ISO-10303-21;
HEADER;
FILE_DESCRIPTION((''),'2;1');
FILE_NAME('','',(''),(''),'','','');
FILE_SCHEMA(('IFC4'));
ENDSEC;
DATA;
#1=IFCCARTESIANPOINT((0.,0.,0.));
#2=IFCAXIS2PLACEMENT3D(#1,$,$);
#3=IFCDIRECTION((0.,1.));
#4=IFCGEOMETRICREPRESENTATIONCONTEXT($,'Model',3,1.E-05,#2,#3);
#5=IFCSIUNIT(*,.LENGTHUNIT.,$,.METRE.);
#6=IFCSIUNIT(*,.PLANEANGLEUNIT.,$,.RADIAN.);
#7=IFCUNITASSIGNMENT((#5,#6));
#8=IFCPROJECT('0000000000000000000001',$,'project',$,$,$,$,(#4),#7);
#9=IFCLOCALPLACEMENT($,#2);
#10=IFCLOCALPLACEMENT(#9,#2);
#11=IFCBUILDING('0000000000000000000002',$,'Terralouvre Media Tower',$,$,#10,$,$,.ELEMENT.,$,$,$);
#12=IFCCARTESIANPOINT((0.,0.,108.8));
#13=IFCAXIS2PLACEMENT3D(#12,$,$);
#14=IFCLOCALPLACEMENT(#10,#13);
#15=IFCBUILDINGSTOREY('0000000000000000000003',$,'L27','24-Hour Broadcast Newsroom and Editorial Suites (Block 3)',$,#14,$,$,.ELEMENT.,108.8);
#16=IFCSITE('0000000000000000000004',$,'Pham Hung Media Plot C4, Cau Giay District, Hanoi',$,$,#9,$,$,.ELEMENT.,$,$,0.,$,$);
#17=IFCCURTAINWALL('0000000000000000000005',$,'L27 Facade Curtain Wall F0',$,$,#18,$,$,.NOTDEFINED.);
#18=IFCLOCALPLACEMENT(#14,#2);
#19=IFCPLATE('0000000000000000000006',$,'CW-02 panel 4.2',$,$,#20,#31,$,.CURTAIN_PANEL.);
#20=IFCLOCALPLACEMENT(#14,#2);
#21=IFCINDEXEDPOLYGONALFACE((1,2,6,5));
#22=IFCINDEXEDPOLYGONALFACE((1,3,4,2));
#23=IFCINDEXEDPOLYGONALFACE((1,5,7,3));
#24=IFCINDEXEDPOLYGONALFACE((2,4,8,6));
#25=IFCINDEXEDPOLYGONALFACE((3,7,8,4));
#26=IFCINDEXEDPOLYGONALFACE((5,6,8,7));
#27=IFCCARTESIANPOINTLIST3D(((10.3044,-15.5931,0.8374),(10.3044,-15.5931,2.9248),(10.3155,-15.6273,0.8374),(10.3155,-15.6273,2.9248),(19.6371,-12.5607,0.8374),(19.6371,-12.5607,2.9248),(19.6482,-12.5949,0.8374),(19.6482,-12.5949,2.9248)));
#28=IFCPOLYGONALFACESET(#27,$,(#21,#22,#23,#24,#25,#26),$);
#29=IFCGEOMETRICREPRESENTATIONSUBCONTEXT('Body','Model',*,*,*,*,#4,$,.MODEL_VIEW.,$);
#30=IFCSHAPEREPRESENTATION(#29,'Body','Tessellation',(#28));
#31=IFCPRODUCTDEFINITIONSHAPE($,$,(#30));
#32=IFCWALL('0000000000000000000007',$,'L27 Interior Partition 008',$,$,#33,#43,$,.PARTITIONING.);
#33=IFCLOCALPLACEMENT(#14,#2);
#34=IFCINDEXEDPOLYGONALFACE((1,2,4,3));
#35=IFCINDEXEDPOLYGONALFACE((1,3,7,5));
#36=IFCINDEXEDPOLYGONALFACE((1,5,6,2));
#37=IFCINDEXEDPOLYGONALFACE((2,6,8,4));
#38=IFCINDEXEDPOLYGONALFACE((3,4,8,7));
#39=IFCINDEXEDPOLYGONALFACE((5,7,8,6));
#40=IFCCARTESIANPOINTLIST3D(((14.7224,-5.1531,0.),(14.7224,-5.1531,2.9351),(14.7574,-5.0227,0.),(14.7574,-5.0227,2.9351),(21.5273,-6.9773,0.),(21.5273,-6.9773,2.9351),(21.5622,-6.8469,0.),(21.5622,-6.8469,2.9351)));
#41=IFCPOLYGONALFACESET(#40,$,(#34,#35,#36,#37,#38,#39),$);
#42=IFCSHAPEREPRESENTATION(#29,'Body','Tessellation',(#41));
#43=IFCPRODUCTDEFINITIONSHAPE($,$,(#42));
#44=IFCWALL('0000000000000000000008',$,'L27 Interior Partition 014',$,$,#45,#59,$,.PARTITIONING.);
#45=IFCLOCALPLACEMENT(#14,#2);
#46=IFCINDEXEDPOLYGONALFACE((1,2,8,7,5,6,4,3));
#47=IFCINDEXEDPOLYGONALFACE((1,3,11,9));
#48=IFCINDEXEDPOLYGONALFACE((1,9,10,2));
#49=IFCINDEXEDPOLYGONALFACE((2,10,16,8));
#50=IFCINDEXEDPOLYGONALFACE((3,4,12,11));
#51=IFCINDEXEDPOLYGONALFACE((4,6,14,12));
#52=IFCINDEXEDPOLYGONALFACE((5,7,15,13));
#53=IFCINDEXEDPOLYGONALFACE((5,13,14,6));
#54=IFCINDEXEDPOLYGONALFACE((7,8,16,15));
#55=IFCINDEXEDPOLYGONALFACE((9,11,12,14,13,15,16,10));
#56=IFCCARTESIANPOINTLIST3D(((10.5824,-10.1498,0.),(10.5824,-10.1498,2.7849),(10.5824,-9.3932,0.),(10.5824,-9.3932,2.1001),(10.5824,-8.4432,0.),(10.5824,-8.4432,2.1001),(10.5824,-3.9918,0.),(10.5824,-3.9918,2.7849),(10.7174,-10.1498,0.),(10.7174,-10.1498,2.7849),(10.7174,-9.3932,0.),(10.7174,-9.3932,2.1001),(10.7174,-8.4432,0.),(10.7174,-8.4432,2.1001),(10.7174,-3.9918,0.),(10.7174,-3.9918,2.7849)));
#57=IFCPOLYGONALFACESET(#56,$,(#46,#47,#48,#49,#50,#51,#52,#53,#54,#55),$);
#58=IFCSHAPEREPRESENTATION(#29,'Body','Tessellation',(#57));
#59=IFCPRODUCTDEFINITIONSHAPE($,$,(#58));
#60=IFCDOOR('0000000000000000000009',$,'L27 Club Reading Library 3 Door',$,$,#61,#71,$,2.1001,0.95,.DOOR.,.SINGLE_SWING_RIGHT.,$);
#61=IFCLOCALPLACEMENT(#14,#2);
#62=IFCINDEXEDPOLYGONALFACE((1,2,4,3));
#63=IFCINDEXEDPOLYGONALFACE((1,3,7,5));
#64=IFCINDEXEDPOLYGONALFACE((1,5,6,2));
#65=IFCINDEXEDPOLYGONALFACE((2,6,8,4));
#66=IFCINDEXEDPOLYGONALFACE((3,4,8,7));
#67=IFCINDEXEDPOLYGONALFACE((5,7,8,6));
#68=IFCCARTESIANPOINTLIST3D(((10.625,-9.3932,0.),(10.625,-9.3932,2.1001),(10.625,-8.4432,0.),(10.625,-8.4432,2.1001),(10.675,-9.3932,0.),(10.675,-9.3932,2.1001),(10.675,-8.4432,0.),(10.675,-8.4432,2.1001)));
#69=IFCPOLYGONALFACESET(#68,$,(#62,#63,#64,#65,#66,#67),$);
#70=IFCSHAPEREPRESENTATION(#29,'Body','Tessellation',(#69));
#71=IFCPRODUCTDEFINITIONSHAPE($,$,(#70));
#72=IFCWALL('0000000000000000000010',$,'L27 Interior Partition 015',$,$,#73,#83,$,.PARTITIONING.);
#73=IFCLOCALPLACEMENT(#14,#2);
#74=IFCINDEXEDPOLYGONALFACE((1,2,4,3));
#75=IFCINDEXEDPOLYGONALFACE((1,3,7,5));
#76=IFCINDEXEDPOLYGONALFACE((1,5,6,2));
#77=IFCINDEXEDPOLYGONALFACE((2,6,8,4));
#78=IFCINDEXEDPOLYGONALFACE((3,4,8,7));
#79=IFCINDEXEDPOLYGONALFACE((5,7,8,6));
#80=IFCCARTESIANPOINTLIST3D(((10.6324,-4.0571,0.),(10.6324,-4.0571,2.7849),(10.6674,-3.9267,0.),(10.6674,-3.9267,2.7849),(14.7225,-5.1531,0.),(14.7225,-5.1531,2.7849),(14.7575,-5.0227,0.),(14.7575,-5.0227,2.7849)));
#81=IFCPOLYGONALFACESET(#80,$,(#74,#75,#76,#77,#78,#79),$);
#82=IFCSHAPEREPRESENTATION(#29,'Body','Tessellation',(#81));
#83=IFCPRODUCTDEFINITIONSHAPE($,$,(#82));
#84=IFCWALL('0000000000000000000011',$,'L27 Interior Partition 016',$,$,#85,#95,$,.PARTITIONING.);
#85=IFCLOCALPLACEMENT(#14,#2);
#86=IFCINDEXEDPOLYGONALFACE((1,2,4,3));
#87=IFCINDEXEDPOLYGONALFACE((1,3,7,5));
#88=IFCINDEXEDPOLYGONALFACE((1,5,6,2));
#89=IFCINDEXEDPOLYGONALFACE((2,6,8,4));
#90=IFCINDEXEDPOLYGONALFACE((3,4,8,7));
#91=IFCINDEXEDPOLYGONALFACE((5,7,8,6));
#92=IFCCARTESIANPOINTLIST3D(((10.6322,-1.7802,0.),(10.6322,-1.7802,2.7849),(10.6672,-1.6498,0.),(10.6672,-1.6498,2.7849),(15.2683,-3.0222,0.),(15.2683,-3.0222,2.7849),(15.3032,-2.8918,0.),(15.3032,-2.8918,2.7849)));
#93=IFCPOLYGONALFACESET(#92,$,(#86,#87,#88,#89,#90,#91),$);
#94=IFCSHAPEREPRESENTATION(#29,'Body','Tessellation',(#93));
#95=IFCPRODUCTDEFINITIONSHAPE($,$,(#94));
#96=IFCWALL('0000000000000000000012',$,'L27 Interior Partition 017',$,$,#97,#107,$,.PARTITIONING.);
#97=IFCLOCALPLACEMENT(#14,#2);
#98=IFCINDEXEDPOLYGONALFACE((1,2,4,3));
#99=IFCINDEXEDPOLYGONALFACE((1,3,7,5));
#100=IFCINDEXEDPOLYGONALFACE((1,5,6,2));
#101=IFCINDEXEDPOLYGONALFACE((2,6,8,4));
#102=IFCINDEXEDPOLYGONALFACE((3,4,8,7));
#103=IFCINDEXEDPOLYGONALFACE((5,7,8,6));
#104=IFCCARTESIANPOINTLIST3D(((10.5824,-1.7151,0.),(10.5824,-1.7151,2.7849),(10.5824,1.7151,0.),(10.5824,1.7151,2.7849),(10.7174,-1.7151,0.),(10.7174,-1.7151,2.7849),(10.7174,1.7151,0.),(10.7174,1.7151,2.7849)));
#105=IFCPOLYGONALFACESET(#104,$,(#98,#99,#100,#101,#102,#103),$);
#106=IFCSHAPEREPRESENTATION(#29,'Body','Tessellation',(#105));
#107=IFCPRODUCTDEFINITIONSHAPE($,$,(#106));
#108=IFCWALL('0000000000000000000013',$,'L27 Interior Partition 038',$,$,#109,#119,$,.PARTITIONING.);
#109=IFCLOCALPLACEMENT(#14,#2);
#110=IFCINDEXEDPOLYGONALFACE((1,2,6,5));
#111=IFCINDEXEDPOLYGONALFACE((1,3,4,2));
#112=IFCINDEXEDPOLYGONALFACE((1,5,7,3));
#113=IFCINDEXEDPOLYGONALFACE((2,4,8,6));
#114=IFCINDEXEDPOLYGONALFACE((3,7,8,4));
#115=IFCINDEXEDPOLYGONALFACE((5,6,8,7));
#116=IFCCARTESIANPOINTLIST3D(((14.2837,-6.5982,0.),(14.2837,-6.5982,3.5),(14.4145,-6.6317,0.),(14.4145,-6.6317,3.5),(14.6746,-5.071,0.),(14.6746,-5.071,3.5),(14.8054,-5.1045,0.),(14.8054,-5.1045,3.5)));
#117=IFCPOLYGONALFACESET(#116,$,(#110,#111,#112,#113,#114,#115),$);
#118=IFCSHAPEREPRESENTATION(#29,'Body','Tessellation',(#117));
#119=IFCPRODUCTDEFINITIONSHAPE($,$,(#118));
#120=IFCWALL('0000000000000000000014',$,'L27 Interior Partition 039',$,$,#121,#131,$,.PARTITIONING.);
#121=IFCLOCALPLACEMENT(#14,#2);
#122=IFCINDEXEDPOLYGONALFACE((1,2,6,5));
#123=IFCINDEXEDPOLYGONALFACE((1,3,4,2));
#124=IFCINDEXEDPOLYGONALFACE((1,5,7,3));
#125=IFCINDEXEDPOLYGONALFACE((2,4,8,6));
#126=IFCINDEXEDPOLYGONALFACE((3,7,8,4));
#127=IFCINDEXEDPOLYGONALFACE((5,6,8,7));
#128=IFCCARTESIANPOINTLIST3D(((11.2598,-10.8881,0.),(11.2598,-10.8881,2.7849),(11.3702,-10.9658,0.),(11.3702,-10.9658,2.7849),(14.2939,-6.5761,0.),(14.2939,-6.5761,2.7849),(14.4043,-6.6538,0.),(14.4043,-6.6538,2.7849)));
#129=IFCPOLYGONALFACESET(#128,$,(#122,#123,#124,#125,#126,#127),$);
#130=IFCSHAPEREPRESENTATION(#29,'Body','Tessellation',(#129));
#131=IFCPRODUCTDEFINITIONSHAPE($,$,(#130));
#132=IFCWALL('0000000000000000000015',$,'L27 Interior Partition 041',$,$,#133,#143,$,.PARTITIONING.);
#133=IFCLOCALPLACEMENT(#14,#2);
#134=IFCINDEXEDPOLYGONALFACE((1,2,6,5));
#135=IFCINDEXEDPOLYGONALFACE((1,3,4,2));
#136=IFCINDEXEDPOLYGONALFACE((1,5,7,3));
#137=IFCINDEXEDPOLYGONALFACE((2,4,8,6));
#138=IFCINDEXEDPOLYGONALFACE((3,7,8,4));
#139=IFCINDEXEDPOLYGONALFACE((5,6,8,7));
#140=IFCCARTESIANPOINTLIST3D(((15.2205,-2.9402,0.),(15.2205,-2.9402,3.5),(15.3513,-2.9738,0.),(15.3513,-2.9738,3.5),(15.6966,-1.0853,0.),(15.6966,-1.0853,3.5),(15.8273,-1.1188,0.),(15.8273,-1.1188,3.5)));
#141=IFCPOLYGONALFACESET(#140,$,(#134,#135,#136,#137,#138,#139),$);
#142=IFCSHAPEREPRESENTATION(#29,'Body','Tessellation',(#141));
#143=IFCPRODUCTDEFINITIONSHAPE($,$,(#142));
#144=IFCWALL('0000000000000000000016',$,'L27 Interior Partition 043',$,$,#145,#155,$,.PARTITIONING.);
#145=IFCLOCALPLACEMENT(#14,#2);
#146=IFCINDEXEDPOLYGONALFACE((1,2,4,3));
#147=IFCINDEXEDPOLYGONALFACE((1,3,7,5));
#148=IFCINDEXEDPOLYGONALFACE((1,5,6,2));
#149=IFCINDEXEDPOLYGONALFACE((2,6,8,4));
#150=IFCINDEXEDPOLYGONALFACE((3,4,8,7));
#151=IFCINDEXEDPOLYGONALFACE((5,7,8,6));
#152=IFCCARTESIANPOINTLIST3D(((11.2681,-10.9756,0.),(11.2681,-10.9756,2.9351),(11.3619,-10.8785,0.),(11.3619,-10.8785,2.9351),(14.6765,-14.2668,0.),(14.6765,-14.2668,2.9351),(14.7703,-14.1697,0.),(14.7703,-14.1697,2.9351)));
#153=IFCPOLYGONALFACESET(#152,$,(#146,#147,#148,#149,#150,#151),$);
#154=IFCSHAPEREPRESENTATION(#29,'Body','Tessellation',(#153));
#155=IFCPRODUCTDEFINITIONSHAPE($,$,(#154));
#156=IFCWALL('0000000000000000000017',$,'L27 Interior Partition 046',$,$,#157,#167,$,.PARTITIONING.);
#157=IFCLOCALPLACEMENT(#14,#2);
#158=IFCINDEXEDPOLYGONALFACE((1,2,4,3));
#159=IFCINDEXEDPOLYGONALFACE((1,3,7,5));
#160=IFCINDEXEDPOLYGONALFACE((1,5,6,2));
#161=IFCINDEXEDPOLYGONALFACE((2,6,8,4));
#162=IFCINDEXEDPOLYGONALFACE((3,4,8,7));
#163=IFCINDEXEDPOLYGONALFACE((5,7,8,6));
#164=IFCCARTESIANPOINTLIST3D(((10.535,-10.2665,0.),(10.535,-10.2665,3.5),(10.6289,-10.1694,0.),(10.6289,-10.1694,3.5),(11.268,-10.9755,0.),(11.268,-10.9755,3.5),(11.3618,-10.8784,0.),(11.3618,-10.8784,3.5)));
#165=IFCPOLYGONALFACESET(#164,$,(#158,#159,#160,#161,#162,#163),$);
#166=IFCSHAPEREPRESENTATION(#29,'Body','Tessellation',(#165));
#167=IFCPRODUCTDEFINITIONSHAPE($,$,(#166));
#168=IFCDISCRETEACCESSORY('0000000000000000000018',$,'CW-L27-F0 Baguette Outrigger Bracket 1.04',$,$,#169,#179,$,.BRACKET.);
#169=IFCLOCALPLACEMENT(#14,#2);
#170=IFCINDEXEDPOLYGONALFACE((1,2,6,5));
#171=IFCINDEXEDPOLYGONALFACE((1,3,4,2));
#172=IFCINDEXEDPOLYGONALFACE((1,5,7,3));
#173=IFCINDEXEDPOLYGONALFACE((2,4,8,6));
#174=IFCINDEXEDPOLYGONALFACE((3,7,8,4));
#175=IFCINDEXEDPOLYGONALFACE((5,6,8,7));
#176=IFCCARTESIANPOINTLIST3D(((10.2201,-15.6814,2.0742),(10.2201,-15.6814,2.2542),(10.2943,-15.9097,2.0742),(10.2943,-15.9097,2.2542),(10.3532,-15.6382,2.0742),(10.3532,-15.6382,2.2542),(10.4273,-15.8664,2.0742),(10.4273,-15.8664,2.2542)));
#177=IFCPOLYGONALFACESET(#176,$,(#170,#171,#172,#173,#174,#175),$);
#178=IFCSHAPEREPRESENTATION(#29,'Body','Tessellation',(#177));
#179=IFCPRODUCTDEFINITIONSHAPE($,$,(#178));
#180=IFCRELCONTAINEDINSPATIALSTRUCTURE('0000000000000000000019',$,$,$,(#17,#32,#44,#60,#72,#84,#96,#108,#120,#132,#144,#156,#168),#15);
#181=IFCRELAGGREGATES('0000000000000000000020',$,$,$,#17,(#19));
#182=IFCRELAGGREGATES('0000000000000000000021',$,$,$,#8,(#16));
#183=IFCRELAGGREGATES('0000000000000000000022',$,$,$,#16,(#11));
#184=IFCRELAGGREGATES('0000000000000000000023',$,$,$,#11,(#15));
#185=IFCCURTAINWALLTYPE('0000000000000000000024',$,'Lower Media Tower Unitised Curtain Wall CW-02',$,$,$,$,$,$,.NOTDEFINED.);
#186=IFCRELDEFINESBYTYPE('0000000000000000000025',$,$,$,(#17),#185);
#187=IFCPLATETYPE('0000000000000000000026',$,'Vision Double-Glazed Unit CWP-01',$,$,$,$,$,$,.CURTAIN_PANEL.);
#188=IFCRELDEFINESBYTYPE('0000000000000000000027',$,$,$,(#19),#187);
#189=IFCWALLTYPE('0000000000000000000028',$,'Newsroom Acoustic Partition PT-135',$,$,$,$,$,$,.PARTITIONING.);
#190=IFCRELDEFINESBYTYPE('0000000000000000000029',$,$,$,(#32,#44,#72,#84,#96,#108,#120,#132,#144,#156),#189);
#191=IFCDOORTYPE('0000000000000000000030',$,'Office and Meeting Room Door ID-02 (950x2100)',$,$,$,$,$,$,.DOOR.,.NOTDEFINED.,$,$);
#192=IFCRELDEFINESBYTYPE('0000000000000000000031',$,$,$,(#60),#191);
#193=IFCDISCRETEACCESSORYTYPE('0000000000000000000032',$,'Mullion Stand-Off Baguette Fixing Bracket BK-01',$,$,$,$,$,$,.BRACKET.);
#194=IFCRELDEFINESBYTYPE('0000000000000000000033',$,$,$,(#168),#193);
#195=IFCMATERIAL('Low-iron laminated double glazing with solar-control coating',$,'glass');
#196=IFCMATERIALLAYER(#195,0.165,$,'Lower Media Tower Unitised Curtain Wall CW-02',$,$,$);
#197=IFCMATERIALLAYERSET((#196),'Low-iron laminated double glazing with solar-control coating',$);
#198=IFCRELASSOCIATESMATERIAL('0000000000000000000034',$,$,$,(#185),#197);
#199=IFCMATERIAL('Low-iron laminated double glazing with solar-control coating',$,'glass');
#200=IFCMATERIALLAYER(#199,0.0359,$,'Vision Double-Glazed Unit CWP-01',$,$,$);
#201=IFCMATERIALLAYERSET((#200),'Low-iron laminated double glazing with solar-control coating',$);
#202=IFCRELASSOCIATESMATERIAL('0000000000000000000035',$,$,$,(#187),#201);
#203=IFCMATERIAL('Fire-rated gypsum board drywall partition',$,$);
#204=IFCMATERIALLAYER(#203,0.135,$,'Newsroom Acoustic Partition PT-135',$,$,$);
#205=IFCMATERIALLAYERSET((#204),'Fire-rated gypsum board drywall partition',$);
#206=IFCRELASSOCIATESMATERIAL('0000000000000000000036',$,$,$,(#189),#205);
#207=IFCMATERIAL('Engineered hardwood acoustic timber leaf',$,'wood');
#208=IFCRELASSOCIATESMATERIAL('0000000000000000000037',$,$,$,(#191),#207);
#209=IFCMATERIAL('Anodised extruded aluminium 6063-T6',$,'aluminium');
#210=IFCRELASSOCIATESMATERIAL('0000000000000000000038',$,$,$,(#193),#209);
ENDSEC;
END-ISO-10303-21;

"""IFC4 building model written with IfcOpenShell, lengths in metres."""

from ifc_helpers import new_model, si_unit, direction, frame, frame_2d, origin, origin_2d, place, context, subcontext, project, spatial, rectangle, extrude, material, layer, layer_set, type_object, element, fill, aggregate, save


model = new_model("IFC4")

# Units and contexts
model_context = context("Model", 3, precision=1e-05, world=origin(), true_north=direction((0.0, 1.0)))
body_context = subcontext(model_context, "Body", "Model", "MODEL_VIEW")
ifc_project = project(units=[si_unit("LENGTHUNIT", "METRE"), si_unit("PLANEANGLEUNIT", "RADIAN")], contexts=[model_context])

# Site, building, storey
site_placement = place(None, origin())
site = spatial("IfcSite", under=ifc_project, at=site_placement, Name="Pham Hung Media Plot C4, Cau Giay District, Hanoi", CompositionType="ELEMENT", RefElevation=0.0)
building_placement = place(site_placement, origin())
building = spatial("IfcBuilding", under=site, at=building_placement, Name="Terralouvre Media Tower", CompositionType="ELEMENT")
storey_placement = place(building_placement, frame((0.0, 0.0, 108.8)))
storey = spatial("IfcBuildingStorey", under=building, at=storey_placement, Name="L27", Description="24-Hour Broadcast Newsroom and Editorial Suites (Block 3)", CompositionType="ELEMENT", Elevation=108.8)

# Curtain wall
ifc_material_1 = material(Name="Low-iron laminated double glazing with solar-control coating", Category="glass")
ifc_layer_1 = layer(ifc_material_1, 0.165, Name="Lower Media Tower Unitised Curtain Wall CW-02")
ifc_layer_set_1 = layer_set([ifc_layer_1], Name="Low-iron laminated double glazing with solar-control coating")
curtain_wall_type = type_object("IfcCurtainWallType", Name="Lower Media Tower Unitised Curtain Wall CW-02", PredefinedType="NOTDEFINED", material=ifc_layer_set_1)
curtain_wall_placement = place(storey_placement, origin())
curtain_wall = element("IfcCurtainWall", 1, at=curtain_wall_placement, inside=storey, type_object=curtain_wall_type, Name="L27 Facade Curtain Wall F0", PredefinedType="NOTDEFINED")

# Plate
ifc_material_2 = material(Name="Low-iron laminated double glazing with solar-control coating", Category="glass")
ifc_layer_2 = layer(ifc_material_2, 0.0359, Name="Vision Double-Glazed Unit CWP-01")
ifc_layer_set_2 = layer_set([ifc_layer_2], Name="Low-iron laminated double glazing with solar-control coating")
plate_type = type_object("IfcPlateType", Name="Vision Double-Glazed Unit CWP-01", PredefinedType="CURTAIN_PANEL", material=ifc_layer_set_2)
plate_1_placement = place(storey_placement, frame((14.9763, -14.094, 0.8374), z_axis=(0.0, 0.0, 1.0), x_axis=(0.951057, 0.309017, 0.0)))
plate_1 = element("IfcPlate", 2, at=plate_1_placement, type_object=plate_type, Name="CW-02 panel 4.2", PredefinedType="CURTAIN_PANEL", context=body_context, shape_type="SweptSolid", body=[
    extrude(rectangle(XDim=9.813, YDim=0.0359, at=origin_2d()), origin(), (0.0, 0.0, 1.0), 2.0874),
])
aggregate(curtain_wall, [plate_1])

# Wall
ifc_material_3 = material(Name="Fire-rated gypsum board drywall partition")
ifc_layer_3 = layer(ifc_material_3, 0.135, Name="Newsroom Acoustic Partition PT-135")
ifc_layer_set_3 = layer_set([ifc_layer_3], Name="Fire-rated gypsum board drywall partition")
wall_type = type_object("IfcWallType", Name="Newsroom Acoustic Partition PT-135", PredefinedType="PARTITIONING", material=ifc_layer_set_3)
wall_1_placement = place(storey_placement, frame((14.74, -5.0879, 0.0), z_axis=(0.0, 0.0, 1.0), x_axis=(0.965896, -0.258931, 0.0)))
element("IfcWall", 3, at=wall_1_placement, inside=storey, type_object=wall_type, Name="L27 Interior Partition 008", PredefinedType="PARTITIONING", context=body_context, shape_type="SweptSolid", body=[
    extrude(rectangle(XDim=7.0452, YDim=0.135, at=frame_2d((3.5225, 0.0))), origin(), (0.0, 0.0, 1.0), 2.9351),
])

# Wall, opening, door
wall_2_placement = place(storey_placement, frame((10.6499, -10.1499, 0.0), z_axis=(0.0, 0.0, 1.0), x_axis=(0.0, 1.0, 0.0)))
wall_2 = element("IfcWall", 4, at=wall_2_placement, inside=storey, type_object=wall_type, Name="L27 Interior Partition 014", PredefinedType="PARTITIONING", context=body_context, shape_type="SweptSolid", body=[
    extrude(rectangle(XDim=6.158, YDim=0.135, at=frame_2d((3.0791, 0.0))), origin(), (0.0, 0.0, 1.0), 2.7849),
])
opening_placement = place(wall_2_placement, frame((0.7566, 0.0, 0.0)))
opening = element("IfcOpeningElement", 5, at=opening_placement, cuts=wall_2, PredefinedType="OPENING", context=body_context, shape_type="SweptSolid", body=[
    extrude(rectangle(XDim=0.95, YDim=2.1001, at=frame_2d((0.4751, 1.05))), frame((0.0, 0.0774, 0.0), z_axis=(0.0, -1.0, 0.0), x_axis=(1.0, 0.0, 0.0)), (0.0, 0.0, 1.0), 0.155),
])
ifc_material_4 = material(Name="Engineered hardwood acoustic timber leaf", Category="wood")
door_type = type_object("IfcDoorType", Name="Office and Meeting Room Door ID-02 (950x2100)", OperationType="NOTDEFINED", PredefinedType="DOOR", material=ifc_material_4)
door_placement = place(opening_placement, origin())
door = element("IfcDoor", 6, at=door_placement, inside=storey, type_object=door_type, Name="L27 Club Reading Library 3 Door", OperationType="SINGLE_SWING_RIGHT", OverallHeight=2.1001, OverallWidth=0.95, PredefinedType="DOOR", context=body_context, shape_type="SweptSolid", body=[
    extrude(rectangle(XDim=0.95, YDim=2.1001, at=frame_2d((0.4751, 1.05))), frame((0.0, 0.0249, 0.0), z_axis=(0.0, -1.0, 0.0), x_axis=(1.0, 0.0, 0.0)), (0.0, 0.0, 1.0), 0.05),
])
fill(opening, door)

# Walls
wall_3_placement = place(storey_placement, frame((10.6499, -3.9919, 0.0), z_axis=(0.0, 0.0, 1.0), x_axis=(0.965925, -0.258822, 0.0)))
element("IfcWall", 7, at=wall_3_placement, inside=storey, type_object=wall_type, Name="L27 Interior Partition 015", PredefinedType="PARTITIONING", context=body_context, shape_type="SweptSolid", body=[
    extrude(rectangle(XDim=4.2344, YDim=0.135, at=frame_2d((2.1172, 0.0))), origin(), (0.0, 0.0, 1.0), 2.7849),
])
wall_4_placement = place(storey_placement, frame((15.2859, -2.957, 0.0), z_axis=(0.0, 0.0, 1.0), x_axis=(-0.96594, 0.258767, 0.0)))
element("IfcWall", 8, at=wall_4_placement, inside=storey, type_object=wall_type, Name="L27 Interior Partition 016", PredefinedType="PARTITIONING", context=body_context, shape_type="SweptSolid", body=[
    extrude(rectangle(XDim=4.7996, YDim=0.135, at=frame_2d((2.3999, 0.0))), origin(), (0.0, 0.0, 1.0), 2.7849),
])
wall_5_placement = place(storey_placement, frame((10.6499, -1.7151, 0.0), z_axis=(0.0, 0.0, 1.0), x_axis=(0.0, 1.0, 0.0)))
element("IfcWall", 9, at=wall_5_placement, inside=storey, type_object=wall_type, Name="L27 Interior Partition 017", PredefinedType="PARTITIONING", context=body_context, shape_type="SweptSolid", body=[
    extrude(rectangle(XDim=3.4302, YDim=0.135, at=frame_2d((1.7151, 0.0))), origin(), (0.0, 0.0, 1.0), 2.7849),
])
wall_6_placement = place(storey_placement, frame((14.74, -5.0879, 0.0), z_axis=(0.0, 0.0, 1.0), x_axis=(-0.247962, -0.96877, 0.0)))
element("IfcWall", 10, at=wall_6_placement, inside=storey, type_object=wall_type, Name="L27 Interior Partition 038", PredefinedType="PARTITIONING", context=body_context, shape_type="SweptSolid", body=[
    extrude(rectangle(XDim=1.5764, YDim=0.135, at=frame_2d((0.7881, 0.0))), origin(), (0.0, 0.0, 1.0), 3.5),
])
wall_7_placement = place(storey_placement, frame((14.3491, -6.615, 0.0), z_axis=(0.0, 0.0, 1.0), x_axis=(-0.575468, -0.817824, 0.0)))
element("IfcWall", 11, at=wall_7_placement, inside=storey, type_object=wall_type, Name="L27 Interior Partition 039", PredefinedType="PARTITIONING", context=body_context, shape_type="SweptSolid", body=[
    extrude(rectangle(XDim=5.2725, YDim=0.135, at=frame_2d((2.6362, 0.0))), origin(), (0.0, 0.0, 1.0), 2.7849),
])
wall_8_placement = place(storey_placement, frame((15.762, -1.1021, 0.0), z_axis=(0.0, 0.0, 1.0), x_axis=(-0.24859, -0.968609, 0.0)))
element("IfcWall", 12, at=wall_8_placement, inside=storey, type_object=wall_type, Name="L27 Interior Partition 041", PredefinedType="PARTITIONING", context=body_context, shape_type="SweptSolid", body=[
    extrude(rectangle(XDim=1.915, YDim=0.135, at=frame_2d((0.9575, 0.0))), origin(), (0.0, 0.0, 1.0), 3.5),
])
wall_9_placement = place(storey_placement, frame((11.3149, -10.927, 0.0), z_axis=(0.0, 0.0, 1.0), x_axis=(0.719365, -0.694632, 0.0)))
element("IfcWall", 13, at=wall_9_placement, inside=storey, type_object=wall_type, Name="L27 Interior Partition 043", PredefinedType="PARTITIONING", context=body_context, shape_type="SweptSolid", body=[
    extrude(rectangle(XDim=4.738, YDim=0.135, at=frame_2d((2.3691, 0.0))), origin(), (0.0, 0.0, 1.0), 2.9351),
])
wall_10_placement = place(storey_placement, frame((10.582, -10.218, 0.0), z_axis=(0.0, 0.0, 1.0), x_axis=(0.718741, -0.695278, 0.0)))
element("IfcWall", 14, at=wall_10_placement, inside=storey, type_object=wall_type, Name="L27 Interior Partition 046", PredefinedType="PARTITIONING", context=body_context, shape_type="SweptSolid", body=[
    extrude(rectangle(XDim=1.0198, YDim=0.135, at=frame_2d((0.5098, 0.0))), origin(), (0.0, 0.0, 1.0), 3.5),
])

# Discrete accessory
ifc_material_5 = material(Name="Anodised extruded aluminium 6063-T6", Category="aluminium")
discrete_accessory_type = type_object("IfcDiscreteAccessoryType", Name="Mullion Stand-Off Baguette Fixing Bracket BK-01", PredefinedType="BRACKET", material=ifc_material_5)
discrete_accessory_placement = place(storey_placement, frame((10.3237, -15.7739, 2.0742), z_axis=(0.0, 0.0, 1.0), x_axis=(0.951057, 0.309017, 0.0)))
element("IfcDiscreteAccessory", 15, at=discrete_accessory_placement, inside=storey, type_object=discrete_accessory_type, Name="CW-L27-F0 Baguette Outrigger Bracket 1.04", PredefinedType="BRACKET", context=body_context, shape_type="SweptSolid", body=[
    extrude(rectangle(XDim=0.1399, YDim=0.24, at=origin_2d()), origin(), (0.0, 0.0, 1.0), 0.1799),
])

save(model, "model.ifc")
